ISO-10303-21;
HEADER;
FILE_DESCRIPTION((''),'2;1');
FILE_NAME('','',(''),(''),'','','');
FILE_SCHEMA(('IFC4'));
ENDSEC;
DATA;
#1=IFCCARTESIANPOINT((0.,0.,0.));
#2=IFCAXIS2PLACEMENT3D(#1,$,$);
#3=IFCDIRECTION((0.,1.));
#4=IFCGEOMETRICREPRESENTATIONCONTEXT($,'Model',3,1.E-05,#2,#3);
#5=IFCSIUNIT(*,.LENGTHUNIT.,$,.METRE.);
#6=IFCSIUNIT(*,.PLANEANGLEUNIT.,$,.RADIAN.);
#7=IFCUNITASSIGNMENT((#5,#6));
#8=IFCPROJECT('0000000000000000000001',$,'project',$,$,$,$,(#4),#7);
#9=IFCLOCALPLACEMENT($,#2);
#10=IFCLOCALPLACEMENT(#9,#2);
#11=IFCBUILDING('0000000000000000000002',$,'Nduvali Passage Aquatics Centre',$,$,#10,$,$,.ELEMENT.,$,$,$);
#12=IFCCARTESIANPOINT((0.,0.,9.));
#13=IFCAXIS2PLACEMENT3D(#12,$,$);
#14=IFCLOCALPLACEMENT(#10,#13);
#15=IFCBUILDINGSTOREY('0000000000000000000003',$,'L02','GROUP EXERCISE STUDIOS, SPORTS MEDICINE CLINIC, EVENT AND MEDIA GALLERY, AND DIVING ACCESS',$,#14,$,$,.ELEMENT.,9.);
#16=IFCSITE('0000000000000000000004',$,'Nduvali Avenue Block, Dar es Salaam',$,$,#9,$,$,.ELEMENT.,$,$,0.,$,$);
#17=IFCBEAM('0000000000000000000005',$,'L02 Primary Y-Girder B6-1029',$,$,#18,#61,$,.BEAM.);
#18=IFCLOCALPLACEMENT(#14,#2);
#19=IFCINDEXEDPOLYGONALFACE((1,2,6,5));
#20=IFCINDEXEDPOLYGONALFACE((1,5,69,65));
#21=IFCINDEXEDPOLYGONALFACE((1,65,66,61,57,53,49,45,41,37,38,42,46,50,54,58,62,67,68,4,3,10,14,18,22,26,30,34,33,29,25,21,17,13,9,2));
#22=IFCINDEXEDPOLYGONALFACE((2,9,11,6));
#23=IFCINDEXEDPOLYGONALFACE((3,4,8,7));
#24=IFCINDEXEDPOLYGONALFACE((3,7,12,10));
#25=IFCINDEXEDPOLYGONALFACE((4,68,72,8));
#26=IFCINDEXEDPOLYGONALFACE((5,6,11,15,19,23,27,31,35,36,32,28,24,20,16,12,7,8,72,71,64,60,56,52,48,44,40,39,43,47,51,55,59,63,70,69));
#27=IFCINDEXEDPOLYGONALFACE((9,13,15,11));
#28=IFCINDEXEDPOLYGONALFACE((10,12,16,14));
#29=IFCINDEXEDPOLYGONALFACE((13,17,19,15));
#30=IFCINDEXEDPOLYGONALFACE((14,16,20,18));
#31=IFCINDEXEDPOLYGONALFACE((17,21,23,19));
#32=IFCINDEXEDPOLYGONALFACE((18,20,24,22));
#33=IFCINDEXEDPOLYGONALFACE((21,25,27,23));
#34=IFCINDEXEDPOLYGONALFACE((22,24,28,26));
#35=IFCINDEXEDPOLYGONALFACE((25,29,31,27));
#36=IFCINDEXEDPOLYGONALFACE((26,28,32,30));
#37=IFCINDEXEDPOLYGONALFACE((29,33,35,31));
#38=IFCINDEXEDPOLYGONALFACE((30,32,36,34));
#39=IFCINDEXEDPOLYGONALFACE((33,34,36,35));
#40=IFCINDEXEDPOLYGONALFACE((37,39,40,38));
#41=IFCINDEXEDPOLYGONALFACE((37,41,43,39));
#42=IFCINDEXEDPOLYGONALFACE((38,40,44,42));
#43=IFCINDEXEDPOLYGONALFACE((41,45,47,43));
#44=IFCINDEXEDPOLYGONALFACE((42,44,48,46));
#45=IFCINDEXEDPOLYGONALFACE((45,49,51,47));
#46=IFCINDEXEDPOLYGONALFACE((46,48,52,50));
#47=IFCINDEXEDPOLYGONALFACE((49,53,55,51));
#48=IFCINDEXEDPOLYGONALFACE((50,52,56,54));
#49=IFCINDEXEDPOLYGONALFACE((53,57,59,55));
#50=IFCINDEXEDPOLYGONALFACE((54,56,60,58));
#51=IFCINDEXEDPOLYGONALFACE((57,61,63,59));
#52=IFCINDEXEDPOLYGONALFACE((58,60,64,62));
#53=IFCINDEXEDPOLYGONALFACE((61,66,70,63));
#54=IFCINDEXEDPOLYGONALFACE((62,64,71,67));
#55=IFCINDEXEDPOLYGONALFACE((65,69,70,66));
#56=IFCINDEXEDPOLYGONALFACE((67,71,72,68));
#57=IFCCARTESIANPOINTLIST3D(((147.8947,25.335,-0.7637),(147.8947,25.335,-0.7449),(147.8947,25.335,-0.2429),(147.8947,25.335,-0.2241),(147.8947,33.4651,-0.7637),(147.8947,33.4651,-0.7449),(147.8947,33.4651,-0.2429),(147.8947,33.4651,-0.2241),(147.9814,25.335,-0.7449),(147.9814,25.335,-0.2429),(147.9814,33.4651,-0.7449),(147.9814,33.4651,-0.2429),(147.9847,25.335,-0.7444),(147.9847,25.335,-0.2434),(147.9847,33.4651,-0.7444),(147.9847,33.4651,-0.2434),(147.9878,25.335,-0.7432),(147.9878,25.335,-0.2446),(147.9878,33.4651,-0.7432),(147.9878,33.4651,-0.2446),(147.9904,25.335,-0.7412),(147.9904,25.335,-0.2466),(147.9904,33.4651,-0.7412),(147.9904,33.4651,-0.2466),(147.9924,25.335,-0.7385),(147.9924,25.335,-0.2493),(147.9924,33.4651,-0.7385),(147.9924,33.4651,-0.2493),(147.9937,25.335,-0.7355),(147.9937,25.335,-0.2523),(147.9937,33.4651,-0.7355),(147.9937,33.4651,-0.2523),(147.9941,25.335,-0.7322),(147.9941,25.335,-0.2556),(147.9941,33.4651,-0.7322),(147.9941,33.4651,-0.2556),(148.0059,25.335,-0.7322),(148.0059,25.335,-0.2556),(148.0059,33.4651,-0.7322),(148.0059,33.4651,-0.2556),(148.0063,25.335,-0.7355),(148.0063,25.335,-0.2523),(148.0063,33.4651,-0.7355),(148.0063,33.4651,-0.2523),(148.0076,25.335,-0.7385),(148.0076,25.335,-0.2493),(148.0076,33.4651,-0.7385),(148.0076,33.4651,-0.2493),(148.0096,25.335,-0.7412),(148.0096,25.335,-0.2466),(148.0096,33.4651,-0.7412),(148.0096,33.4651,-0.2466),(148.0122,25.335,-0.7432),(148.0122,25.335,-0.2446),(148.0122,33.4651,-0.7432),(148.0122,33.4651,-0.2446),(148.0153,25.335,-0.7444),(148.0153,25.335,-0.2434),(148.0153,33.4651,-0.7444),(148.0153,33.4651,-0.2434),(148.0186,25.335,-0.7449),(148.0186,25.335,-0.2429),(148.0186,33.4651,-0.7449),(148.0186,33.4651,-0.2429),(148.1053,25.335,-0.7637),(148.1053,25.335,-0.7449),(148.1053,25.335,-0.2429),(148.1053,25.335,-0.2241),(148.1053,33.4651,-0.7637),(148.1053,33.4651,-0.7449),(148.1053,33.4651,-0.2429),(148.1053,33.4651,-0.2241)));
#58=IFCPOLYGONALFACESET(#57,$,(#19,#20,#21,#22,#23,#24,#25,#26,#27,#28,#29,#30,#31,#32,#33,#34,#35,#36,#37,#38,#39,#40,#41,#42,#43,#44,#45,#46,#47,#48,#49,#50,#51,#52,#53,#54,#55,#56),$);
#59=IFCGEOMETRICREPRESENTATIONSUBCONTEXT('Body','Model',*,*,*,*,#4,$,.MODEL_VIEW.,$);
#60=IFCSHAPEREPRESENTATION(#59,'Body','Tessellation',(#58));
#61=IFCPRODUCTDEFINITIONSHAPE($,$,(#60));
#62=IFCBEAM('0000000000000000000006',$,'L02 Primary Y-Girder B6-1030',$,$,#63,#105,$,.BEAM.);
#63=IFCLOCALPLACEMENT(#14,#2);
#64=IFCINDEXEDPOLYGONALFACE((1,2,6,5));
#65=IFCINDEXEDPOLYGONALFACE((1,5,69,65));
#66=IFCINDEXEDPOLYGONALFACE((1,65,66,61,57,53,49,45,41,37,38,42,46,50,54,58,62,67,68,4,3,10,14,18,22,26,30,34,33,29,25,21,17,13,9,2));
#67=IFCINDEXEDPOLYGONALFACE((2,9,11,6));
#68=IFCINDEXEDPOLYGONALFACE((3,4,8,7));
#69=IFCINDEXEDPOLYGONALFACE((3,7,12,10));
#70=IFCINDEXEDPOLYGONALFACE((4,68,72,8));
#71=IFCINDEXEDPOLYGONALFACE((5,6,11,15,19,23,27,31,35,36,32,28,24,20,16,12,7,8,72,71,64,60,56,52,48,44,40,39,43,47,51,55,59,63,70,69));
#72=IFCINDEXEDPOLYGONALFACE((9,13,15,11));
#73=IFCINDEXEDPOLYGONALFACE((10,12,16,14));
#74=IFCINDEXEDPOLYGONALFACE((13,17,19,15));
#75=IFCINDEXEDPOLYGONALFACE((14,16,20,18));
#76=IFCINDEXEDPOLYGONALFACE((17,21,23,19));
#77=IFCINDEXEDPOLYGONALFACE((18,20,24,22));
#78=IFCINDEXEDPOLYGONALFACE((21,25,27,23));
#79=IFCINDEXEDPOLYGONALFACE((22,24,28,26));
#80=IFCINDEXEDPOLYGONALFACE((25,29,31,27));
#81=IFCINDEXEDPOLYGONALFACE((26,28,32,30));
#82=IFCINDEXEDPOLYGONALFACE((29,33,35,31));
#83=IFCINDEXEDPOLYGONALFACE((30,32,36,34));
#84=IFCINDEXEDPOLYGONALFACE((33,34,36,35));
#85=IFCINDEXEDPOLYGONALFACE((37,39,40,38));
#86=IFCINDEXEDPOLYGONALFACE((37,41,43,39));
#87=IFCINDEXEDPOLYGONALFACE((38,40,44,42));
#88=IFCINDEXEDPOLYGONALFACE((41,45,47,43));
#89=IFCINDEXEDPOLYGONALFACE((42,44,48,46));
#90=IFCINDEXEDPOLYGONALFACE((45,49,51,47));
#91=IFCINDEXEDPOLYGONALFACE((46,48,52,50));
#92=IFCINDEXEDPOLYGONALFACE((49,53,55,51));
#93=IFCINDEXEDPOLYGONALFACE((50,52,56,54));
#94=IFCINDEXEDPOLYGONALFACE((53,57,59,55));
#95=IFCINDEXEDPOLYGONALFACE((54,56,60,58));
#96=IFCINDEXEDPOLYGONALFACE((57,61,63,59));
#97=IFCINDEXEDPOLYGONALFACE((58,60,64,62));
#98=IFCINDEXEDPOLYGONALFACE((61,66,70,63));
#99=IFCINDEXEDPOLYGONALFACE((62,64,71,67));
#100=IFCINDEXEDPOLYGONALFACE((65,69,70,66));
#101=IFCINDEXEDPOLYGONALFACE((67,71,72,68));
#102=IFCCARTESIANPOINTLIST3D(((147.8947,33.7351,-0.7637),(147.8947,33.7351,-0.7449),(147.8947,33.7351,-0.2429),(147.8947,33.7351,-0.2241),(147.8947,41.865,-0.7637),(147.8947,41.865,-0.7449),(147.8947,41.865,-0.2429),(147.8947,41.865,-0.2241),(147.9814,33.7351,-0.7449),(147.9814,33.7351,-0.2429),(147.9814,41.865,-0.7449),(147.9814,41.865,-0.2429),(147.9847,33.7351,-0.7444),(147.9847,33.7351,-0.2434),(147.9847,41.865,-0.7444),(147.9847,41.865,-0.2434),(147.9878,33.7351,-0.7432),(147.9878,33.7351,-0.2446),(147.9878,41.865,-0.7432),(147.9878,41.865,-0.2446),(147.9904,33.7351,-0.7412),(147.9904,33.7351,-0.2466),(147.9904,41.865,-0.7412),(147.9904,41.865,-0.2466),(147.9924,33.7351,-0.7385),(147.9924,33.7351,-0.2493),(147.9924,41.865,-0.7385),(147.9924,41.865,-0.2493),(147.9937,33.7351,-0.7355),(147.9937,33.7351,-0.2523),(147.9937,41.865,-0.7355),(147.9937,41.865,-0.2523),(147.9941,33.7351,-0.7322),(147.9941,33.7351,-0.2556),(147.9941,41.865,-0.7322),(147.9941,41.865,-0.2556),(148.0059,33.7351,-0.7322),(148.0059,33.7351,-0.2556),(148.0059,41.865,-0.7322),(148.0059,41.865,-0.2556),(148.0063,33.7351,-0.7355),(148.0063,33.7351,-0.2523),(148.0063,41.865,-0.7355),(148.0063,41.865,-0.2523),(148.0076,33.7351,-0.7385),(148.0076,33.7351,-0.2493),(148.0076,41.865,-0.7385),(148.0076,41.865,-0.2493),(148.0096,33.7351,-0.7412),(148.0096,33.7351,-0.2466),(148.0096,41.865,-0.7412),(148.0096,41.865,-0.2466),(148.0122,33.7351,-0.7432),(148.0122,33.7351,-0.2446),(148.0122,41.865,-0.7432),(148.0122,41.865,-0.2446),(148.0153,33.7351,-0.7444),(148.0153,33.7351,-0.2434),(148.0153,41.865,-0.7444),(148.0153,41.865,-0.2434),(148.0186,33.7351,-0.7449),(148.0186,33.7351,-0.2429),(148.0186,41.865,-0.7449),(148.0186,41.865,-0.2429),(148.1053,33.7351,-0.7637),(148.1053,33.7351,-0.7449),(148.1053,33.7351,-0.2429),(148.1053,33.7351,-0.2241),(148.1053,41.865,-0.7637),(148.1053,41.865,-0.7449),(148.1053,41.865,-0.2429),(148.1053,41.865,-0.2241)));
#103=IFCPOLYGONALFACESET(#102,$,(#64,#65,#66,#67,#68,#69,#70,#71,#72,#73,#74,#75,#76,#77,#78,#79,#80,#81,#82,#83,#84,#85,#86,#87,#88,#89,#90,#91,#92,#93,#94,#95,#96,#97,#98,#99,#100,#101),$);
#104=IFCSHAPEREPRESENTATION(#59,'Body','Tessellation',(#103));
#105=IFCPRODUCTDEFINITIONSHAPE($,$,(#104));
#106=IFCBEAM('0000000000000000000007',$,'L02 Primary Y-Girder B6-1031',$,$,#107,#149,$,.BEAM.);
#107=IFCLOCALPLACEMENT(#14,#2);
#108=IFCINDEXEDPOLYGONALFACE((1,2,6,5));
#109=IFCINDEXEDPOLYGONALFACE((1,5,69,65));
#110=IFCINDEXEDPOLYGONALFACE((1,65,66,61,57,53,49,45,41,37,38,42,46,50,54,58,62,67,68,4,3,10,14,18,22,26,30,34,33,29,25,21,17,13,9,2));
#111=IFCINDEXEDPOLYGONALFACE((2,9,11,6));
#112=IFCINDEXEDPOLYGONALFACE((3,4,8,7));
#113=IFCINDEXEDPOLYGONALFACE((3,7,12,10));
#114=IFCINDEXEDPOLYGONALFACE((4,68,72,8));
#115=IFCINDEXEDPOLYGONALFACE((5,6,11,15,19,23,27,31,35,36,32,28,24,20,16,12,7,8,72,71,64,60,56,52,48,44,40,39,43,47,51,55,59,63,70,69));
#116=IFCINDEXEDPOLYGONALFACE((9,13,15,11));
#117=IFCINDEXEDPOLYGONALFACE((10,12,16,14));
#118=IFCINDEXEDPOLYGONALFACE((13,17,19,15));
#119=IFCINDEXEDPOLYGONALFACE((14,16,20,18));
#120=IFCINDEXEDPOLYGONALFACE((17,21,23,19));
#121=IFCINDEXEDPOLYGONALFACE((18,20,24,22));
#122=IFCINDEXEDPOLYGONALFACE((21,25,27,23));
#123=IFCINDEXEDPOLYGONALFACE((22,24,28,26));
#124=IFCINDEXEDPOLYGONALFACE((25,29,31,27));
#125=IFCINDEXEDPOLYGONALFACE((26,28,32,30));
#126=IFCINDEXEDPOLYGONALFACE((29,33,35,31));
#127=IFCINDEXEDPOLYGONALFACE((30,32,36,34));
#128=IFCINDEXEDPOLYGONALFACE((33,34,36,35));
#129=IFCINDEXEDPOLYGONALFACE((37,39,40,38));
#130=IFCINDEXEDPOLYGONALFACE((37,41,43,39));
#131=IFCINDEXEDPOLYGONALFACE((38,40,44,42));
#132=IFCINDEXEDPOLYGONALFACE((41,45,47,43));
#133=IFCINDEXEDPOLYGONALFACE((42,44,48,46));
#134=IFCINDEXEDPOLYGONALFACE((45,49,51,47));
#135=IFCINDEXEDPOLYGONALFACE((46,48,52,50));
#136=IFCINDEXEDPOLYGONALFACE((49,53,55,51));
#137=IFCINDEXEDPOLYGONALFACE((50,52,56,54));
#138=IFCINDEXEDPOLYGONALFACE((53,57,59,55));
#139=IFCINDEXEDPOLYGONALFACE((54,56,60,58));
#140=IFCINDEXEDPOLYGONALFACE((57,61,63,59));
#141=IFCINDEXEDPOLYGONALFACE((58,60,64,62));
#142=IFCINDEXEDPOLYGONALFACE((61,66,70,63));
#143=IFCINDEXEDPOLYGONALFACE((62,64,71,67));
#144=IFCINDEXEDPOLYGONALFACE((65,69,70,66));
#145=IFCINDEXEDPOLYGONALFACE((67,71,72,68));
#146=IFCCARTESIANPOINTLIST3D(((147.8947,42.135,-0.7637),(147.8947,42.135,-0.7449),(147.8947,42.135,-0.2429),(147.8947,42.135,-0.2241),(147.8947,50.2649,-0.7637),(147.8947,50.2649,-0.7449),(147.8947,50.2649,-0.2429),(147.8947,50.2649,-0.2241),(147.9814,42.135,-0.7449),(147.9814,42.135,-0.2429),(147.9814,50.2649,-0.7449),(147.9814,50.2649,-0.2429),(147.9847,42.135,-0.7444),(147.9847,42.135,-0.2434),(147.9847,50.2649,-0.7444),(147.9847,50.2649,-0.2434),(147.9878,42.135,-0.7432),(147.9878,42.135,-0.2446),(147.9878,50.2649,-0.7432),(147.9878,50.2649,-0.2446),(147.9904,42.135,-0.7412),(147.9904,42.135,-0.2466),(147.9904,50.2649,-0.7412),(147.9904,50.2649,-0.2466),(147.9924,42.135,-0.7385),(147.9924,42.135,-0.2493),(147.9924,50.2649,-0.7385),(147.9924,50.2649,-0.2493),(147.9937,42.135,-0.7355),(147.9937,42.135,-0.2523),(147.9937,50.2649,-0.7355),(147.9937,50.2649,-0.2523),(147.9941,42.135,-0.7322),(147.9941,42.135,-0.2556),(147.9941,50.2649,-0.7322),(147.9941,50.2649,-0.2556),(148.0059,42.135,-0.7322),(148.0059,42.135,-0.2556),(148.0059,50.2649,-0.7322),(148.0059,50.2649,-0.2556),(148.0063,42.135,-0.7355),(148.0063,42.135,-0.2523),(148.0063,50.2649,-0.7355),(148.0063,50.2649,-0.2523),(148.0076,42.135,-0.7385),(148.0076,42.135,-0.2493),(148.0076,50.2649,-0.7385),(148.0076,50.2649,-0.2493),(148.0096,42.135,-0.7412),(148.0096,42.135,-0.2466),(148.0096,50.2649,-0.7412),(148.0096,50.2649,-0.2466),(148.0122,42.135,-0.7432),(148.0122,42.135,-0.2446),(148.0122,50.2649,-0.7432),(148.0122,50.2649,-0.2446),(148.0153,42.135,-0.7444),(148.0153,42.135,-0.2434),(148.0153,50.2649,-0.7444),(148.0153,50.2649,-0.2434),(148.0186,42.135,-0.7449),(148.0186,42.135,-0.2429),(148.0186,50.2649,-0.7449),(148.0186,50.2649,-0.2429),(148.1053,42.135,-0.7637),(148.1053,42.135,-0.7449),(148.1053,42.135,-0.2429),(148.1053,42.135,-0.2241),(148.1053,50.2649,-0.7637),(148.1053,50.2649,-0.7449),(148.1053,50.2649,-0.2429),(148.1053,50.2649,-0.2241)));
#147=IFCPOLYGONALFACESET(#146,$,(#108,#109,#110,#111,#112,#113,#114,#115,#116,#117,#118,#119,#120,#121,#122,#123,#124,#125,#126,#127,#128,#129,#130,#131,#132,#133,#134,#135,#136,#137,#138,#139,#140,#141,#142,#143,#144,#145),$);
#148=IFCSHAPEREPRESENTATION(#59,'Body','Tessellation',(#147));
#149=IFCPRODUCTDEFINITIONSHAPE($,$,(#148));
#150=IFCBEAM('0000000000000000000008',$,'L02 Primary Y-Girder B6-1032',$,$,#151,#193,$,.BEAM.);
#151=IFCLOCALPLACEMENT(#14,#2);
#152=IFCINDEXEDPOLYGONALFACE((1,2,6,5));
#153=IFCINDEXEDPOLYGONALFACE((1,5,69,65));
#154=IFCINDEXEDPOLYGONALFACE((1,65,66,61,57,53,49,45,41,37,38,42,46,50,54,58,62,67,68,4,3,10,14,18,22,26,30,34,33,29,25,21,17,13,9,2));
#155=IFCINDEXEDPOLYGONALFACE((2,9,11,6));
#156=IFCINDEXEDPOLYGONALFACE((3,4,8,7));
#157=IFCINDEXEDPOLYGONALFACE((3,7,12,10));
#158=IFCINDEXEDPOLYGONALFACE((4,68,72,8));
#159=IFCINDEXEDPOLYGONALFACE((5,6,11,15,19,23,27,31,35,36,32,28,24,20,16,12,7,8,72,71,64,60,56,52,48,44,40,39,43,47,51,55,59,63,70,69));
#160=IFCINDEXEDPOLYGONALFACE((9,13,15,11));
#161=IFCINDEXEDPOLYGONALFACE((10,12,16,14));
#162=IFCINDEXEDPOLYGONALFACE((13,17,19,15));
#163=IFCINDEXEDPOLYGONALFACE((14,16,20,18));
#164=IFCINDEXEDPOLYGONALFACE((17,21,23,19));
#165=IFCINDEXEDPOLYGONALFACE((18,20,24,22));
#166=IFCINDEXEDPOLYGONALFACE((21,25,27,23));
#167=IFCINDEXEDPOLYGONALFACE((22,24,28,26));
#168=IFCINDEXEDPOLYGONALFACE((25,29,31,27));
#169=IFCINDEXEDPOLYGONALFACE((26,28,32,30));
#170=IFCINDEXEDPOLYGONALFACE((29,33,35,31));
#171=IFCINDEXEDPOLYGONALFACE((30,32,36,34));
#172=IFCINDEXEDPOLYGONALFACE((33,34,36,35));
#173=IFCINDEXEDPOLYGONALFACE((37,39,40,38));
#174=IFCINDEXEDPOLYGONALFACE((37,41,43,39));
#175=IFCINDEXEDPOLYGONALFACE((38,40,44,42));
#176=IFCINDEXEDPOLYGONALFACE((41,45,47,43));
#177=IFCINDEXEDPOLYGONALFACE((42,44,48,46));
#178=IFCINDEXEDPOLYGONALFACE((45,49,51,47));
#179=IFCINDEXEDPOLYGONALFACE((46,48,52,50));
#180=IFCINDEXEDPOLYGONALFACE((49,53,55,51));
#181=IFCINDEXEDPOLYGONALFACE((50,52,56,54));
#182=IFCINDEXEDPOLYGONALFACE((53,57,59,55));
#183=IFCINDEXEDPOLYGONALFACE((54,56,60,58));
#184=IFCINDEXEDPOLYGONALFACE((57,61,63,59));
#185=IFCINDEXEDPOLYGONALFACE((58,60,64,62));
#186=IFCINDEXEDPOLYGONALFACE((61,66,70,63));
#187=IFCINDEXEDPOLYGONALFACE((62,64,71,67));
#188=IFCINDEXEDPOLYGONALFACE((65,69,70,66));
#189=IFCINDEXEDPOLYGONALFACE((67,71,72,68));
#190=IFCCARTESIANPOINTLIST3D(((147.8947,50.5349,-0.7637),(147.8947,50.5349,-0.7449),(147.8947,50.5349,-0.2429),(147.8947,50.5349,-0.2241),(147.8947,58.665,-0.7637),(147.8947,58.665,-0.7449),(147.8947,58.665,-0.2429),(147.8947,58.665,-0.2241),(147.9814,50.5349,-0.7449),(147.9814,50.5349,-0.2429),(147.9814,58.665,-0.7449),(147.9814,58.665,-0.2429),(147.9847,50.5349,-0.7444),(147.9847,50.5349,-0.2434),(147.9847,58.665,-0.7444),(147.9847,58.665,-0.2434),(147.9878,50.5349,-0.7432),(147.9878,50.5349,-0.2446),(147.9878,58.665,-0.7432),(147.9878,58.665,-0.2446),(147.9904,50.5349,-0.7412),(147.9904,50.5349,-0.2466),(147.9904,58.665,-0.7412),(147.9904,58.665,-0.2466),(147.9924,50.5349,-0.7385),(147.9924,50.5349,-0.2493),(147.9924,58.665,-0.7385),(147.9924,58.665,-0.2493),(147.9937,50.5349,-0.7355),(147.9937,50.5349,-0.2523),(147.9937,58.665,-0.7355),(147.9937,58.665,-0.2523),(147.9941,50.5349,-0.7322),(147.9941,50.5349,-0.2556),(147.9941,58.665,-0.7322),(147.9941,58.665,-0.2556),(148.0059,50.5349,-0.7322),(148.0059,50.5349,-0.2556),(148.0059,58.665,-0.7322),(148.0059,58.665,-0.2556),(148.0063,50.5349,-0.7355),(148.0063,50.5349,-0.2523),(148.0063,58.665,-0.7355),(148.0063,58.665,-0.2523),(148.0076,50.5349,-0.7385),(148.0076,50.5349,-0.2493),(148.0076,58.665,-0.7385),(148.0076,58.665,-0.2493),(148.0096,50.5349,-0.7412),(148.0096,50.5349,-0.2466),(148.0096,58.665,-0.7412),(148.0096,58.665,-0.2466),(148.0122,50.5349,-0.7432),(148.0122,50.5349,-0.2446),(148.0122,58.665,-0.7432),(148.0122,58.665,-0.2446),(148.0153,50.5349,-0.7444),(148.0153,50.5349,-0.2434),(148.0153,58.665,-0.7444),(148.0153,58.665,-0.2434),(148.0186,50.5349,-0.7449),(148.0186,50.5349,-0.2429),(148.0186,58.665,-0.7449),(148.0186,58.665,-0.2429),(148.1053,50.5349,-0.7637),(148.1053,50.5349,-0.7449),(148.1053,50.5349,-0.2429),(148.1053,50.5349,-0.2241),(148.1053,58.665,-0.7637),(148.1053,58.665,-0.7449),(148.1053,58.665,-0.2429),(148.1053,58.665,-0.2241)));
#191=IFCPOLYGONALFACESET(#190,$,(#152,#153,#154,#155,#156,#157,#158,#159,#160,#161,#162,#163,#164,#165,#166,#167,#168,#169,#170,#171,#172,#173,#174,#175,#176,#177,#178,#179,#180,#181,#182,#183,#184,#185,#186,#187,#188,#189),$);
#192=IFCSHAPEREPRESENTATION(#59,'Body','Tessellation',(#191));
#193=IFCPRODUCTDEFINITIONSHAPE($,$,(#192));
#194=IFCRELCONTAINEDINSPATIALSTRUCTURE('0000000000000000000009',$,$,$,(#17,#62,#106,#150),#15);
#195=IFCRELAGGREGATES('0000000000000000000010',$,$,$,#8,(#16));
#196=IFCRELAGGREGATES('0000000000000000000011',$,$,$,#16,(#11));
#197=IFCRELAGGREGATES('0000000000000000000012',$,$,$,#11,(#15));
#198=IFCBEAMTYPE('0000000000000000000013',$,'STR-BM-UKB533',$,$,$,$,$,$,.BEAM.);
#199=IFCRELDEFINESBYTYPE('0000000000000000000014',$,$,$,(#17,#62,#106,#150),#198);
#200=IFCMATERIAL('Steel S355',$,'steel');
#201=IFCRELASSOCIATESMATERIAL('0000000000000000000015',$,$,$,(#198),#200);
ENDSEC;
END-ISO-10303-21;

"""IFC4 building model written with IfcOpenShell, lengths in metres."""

from ifc_helpers import new_model, si_unit, direction, frame, origin, origin_2d, place, context, subcontext, project, spatial, i_section, extrude, material, material_profile, profile_set, type_object, element, save


model = new_model("IFC4")

# Units and contexts
model_context = context("Model", 3, precision=1e-05, world=origin(), true_north=direction((0.0, 1.0)))
body_context = subcontext(model_context, "Body", "Model", "MODEL_VIEW")
ifc_project = project(units=[si_unit("LENGTHUNIT", "METRE"), si_unit("PLANEANGLEUNIT", "RADIAN")], contexts=[model_context])

# Site, building, storey
site_placement = place(None, origin())
site = spatial("IfcSite", under=ifc_project, at=site_placement, Name="Nduvali Avenue Block, Dar es Salaam", CompositionType="ELEMENT", RefElevation=0.0)
building_placement = place(site_placement, origin())
building = spatial("IfcBuilding", under=site, at=building_placement, Name="Nduvali Passage Aquatics Centre", CompositionType="ELEMENT")
storey_placement = place(building_placement, frame((0.0, 0.0, 9.0)))
storey = spatial("IfcBuildingStorey", under=building, at=storey_placement, Name="L02", Description="GROUP EXERCISE STUDIOS, SPORTS MEDICINE CLINIC, EVENT AND MEDIA GALLERY, AND DIVING ACCESS", CompositionType="ELEMENT", Elevation=9.0)

# Beams
ifc_material = material(Name="Steel S355", Category="steel")
ifc_material_profile_1 = material_profile(ifc_material, i_section(OverallWidth=0.2107, OverallDepth=0.5396, WebThickness=0.0117, FlangeThickness=0.0188, FilletRadius=0.0127, at=origin_2d()), Name="UKB 533x210x109")
ifc_profile_set_1 = profile_set([ifc_material_profile_1], Name="Steel S355")
beam_type_1 = type_object("IfcBeamType", Name="STR-BM-UKB533", PredefinedType="BEAM", material=ifc_profile_set_1)
beam_1_placement = place(storey_placement, frame((148.0, 25.335, -0.4939), z_axis=(0.0, 1.0, 0.0), x_axis=(-1.0, 0.0, 0.0)))
element("IfcBeam", 1, at=beam_1_placement, inside=storey, type_object=beam_type_1, Name="L02 Primary Y-Girder B6-1029", PredefinedType="BEAM", context=body_context, shape_type="SweptSolid", body=[
    extrude(i_section(OverallWidth=0.2107, OverallDepth=0.5396, WebThickness=0.0117, FlangeThickness=0.0188, FilletRadius=0.0127, at=origin_2d()), origin(), (0.0, 0.0, 1.0), 8.1301),
])
for number, where, z_axis, x_axis, name in (
    (2, (148.0, 33.7351, -0.4939), (0.0, 1.0, 0.0), (-1.0, 0.0, 0.0), "L02 Primary Y-Girder B6-1030"),
    (3, (148.0, 42.135, -0.4939), (0.0, 1.0, 0.0), (-1.0, 0.0, 0.0), "L02 Primary Y-Girder B6-1031"),
):
    element("IfcBeam", number, at=place(storey_placement, frame(where, z_axis=z_axis, x_axis=x_axis)), inside=storey, type_object=beam_type_1, Name=name, PredefinedType="BEAM", context=body_context, shape_type="SweptSolid", body=[
        extrude(i_section(OverallWidth=0.2107, OverallDepth=0.5396, WebThickness=0.0117, FlangeThickness=0.0188, FilletRadius=0.0127, at=origin_2d()), origin(), (0.0, 0.0, 1.0), 8.1299),
    ])
beam_2_placement = place(storey_placement, frame((148.0, 50.5349, -0.4939), z_axis=(0.0, 1.0, 0.0), x_axis=(-1.0, 0.0, 0.0)))
element("IfcBeam", 4, at=beam_2_placement, inside=storey, type_object=beam_type_1, Name="L02 Primary Y-Girder B6-1032", PredefinedType="BEAM", context=body_context, shape_type="SweptSolid", body=[
    extrude(i_section(OverallWidth=0.2107, OverallDepth=0.5396, WebThickness=0.0117, FlangeThickness=0.0188, FilletRadius=0.0127, at=origin_2d()), origin(), (0.0, 0.0, 1.0), 8.1301),
])

save(model, "model.ifc")
